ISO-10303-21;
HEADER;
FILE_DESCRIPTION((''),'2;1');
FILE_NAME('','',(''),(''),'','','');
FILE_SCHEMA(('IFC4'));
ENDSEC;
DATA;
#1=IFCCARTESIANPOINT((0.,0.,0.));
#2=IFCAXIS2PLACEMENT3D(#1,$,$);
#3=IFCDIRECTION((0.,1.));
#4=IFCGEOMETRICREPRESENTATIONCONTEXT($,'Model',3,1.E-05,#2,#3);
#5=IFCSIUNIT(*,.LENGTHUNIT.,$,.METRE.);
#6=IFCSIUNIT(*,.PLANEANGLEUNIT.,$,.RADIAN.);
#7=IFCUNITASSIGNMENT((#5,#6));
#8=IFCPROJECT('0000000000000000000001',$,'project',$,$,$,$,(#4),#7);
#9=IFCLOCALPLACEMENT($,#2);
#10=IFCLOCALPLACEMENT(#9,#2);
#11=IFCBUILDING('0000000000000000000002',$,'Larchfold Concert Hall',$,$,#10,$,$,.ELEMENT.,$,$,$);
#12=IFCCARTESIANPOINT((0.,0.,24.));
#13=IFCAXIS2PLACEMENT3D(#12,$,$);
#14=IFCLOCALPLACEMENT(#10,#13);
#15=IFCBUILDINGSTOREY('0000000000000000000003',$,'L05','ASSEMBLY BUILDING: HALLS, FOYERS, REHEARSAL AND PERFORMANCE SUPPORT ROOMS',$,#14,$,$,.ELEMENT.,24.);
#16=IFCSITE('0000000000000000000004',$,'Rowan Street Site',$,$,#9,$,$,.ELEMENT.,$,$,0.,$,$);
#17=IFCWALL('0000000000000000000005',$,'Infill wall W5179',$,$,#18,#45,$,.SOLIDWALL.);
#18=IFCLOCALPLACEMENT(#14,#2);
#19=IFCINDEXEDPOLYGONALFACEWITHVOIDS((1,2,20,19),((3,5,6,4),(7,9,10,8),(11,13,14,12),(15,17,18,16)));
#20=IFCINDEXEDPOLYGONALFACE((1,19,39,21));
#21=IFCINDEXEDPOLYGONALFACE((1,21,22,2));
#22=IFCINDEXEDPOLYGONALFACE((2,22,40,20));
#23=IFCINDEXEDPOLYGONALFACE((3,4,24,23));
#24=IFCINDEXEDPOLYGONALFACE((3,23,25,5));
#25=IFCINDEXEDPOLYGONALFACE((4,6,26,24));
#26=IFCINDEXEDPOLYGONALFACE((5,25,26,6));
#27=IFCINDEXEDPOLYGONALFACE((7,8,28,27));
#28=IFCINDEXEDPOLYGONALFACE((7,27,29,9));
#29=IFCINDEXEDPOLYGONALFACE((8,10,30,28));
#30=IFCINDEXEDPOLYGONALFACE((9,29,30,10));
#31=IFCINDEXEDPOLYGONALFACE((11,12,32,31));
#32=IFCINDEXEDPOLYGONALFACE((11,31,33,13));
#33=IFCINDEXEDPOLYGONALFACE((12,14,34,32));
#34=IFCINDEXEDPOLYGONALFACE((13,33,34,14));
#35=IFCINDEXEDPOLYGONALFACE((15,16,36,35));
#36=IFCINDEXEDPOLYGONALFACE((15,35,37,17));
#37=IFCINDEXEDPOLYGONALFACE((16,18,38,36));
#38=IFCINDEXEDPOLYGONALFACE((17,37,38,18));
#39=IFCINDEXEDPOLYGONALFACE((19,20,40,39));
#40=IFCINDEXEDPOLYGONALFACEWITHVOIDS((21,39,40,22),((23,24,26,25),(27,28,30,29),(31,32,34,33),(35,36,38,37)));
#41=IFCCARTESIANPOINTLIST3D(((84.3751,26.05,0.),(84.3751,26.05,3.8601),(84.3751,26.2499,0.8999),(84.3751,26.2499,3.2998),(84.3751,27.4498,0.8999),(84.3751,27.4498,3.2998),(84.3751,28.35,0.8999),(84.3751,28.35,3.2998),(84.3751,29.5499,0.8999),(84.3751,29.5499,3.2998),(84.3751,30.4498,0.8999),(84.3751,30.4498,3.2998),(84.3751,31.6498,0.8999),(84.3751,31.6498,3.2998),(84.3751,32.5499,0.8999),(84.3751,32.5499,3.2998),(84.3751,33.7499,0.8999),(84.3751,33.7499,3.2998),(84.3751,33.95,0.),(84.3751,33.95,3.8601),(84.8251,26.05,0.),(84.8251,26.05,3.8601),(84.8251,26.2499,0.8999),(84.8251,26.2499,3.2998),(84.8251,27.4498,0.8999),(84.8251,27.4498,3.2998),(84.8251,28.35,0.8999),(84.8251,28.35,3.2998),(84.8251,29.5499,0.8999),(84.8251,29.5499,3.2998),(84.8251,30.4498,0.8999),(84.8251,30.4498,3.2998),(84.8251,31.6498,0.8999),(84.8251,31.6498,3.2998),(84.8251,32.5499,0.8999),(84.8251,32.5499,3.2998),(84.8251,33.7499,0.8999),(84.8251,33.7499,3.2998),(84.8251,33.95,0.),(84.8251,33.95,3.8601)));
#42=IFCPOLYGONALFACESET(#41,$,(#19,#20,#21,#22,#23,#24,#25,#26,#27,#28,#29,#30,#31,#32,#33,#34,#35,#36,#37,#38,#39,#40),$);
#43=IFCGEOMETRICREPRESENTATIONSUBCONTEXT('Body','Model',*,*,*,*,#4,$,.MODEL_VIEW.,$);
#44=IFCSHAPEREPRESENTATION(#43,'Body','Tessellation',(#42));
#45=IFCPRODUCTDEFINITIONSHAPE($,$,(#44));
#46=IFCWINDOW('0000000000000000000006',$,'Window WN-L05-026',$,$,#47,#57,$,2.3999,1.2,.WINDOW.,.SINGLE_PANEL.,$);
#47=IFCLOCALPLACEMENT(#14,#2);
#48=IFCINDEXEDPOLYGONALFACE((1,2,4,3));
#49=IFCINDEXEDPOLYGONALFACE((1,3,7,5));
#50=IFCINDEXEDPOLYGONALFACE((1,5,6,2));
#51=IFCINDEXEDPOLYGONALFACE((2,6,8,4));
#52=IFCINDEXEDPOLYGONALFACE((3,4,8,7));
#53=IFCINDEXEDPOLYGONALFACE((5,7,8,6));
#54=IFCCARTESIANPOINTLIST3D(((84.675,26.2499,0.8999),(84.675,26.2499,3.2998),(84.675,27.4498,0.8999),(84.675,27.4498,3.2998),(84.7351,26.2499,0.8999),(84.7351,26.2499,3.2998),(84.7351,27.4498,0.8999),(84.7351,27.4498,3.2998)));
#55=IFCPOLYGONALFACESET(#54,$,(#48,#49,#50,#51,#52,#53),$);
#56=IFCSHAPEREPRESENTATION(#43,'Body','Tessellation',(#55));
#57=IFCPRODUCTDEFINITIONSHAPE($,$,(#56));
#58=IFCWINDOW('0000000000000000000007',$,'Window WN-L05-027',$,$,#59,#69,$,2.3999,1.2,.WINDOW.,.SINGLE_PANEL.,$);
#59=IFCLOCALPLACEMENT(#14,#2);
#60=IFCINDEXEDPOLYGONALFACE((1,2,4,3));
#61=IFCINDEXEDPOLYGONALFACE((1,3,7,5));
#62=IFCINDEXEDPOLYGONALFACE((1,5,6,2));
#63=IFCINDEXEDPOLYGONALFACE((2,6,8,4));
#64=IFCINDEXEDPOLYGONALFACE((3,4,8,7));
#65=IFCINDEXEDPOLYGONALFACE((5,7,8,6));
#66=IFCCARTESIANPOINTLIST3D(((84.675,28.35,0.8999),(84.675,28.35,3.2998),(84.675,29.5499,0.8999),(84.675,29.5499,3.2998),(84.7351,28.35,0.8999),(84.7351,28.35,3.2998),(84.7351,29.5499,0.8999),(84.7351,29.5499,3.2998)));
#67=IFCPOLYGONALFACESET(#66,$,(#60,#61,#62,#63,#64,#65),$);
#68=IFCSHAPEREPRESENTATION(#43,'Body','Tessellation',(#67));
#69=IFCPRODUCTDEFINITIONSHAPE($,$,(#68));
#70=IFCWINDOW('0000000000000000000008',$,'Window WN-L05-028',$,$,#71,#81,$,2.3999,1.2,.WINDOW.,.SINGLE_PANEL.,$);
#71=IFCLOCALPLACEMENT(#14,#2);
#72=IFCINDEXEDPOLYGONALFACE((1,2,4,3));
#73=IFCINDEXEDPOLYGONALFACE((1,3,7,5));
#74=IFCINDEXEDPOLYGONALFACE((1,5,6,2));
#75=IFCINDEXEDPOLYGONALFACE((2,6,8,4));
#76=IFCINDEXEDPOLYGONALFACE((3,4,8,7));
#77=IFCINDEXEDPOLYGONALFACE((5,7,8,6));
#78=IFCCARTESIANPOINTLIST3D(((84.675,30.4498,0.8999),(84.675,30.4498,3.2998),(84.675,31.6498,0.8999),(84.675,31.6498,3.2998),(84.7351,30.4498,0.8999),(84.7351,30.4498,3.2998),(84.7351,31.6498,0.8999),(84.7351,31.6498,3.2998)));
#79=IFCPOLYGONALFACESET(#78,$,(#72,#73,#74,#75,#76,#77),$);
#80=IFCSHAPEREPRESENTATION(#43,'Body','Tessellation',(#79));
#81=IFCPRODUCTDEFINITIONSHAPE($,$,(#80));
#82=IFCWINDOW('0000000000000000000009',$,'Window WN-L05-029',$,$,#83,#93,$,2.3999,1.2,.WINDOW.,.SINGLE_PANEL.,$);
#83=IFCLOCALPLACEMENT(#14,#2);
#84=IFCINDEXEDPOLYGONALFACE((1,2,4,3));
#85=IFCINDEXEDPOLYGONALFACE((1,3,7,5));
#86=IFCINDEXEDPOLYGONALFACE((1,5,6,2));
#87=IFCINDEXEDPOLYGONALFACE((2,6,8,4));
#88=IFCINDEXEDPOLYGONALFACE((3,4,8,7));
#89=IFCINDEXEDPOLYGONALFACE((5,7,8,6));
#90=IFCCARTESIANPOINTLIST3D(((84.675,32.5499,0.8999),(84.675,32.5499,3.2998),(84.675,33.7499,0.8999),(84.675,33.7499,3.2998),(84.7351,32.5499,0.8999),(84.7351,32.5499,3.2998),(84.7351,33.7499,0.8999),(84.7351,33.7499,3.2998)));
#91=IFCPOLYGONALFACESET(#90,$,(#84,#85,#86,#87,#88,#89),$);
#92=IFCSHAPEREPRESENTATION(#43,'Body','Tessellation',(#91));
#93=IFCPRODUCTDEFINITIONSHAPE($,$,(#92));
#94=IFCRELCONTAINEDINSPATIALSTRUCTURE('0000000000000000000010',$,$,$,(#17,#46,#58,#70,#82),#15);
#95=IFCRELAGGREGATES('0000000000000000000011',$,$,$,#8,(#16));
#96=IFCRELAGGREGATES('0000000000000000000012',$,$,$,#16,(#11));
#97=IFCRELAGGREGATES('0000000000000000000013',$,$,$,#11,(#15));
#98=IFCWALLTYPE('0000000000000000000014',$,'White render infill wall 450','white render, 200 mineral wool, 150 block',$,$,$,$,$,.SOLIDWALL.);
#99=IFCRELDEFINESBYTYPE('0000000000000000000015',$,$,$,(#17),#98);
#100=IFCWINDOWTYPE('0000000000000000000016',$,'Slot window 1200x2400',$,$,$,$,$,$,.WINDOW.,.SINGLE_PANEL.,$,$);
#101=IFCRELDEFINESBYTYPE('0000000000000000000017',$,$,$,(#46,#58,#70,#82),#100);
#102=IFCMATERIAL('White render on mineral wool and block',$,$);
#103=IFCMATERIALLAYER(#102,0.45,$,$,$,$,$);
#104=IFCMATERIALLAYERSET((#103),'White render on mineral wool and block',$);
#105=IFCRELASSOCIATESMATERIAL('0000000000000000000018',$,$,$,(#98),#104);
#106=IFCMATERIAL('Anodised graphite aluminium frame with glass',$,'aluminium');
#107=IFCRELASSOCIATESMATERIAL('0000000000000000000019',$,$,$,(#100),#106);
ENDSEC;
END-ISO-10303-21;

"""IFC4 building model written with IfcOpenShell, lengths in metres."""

from ifc_helpers import new_model, si_unit, direction, frame, frame_2d, origin, place, context, subcontext, project, spatial, rectangle, extrude, material, layer, layer_set, type_object, element, fill, save


model = new_model("IFC4")

# Units and contexts
model_context = context("Model", 3, precision=1e-05, world=origin(), true_north=direction((0.0, 1.0)))
body_context = subcontext(model_context, "Body", "Model", "MODEL_VIEW")
ifc_project = project(units=[si_unit("LENGTHUNIT", "METRE"), si_unit("PLANEANGLEUNIT", "RADIAN")], contexts=[model_context])

# Site, building, storey
site_placement = place(None, origin())
site = spatial("IfcSite", under=ifc_project, at=site_placement, Name="Rowan Street Site", CompositionType="ELEMENT", RefElevation=0.0)
building_placement = place(site_placement, origin())
building = spatial("IfcBuilding", under=site, at=building_placement, Name="Larchfold Concert Hall", CompositionType="ELEMENT")
storey_placement = place(building_placement, frame((0.0, 0.0, 24.0)))
storey = spatial("IfcBuildingStorey", under=building, at=storey_placement, Name="L05", Description="ASSEMBLY BUILDING: HALLS, FOYERS, REHEARSAL AND PERFORMANCE SUPPORT ROOMS", CompositionType="ELEMENT", Elevation=24.0)

# Wall, openings, windows
ifc_material_1 = material(Name="White render on mineral wool and block")
ifc_layer_1 = layer(ifc_material_1, 0.45)
ifc_layer_set_1 = layer_set([ifc_layer_1], Name="White render on mineral wool and block")
wall_type_1 = type_object("IfcWallType", Name="White render infill wall 450", Description="white render, 200 mineral wool, 150 block", PredefinedType="SOLIDWALL", material=ifc_layer_set_1)
ifc_material_2 = material(Name="Anodised graphite aluminium frame with glass", Category="aluminium")
window_type_1 = type_object("IfcWindowType", Name="Slot window 1200x2400", PartitioningType="SINGLE_PANEL", PredefinedType="WINDOW", material=ifc_material_2)
wall_1_placement = place(storey_placement, frame((84.6001, 33.95, 0.0), z_axis=(0.0, 0.0, 1.0), x_axis=(0.0, -1.0, 0.0)))
wall_1 = element("IfcWall", 1, at=wall_1_placement, inside=storey, type_object=wall_type_1, Name="Infill wall W5179", PredefinedType="SOLIDWALL", context=body_context, shape_type="SweptSolid", body=[
    extrude(rectangle(XDim=7.8999, YDim=0.45, at=frame_2d((3.95, 0.0))), origin(), (0.0, 0.0, 1.0), 3.8601),
])
opening_1_placement = place(wall_1_placement, frame((6.5, 0.0, 0.8999)))
opening_1 = element("IfcOpeningElement", 2, at=opening_1_placement, cuts=wall_1, PredefinedType="OPENING", context=body_context, shape_type="SweptSolid", body=[
    extrude(rectangle(XDim=1.2, YDim=2.3999, at=frame_2d((0.6001, 1.2))), frame((0.0, 0.2349, 0.0), z_axis=(0.0, -1.0, 0.0), x_axis=(1.0, 0.0, 0.0)), (0.0, 0.0, 1.0), 0.47),
])
opening_2_placement = place(wall_1_placement, frame((4.3999, 0.0, 0.8999)))
opening_2 = element("IfcOpeningElement", 3, at=opening_2_placement, cuts=wall_1, PredefinedType="OPENING", context=body_context, shape_type="SweptSolid", body=[
    extrude(rectangle(XDim=1.2, YDim=2.3999, at=frame_2d((0.6001, 1.2))), frame((0.0, 0.2349, 0.0), z_axis=(0.0, -1.0, 0.0), x_axis=(1.0, 0.0, 0.0)), (0.0, 0.0, 1.0), 0.47),
])
opening_3_placement = place(wall_1_placement, frame((2.3, 0.0, 0.8999)))
opening_3 = element("IfcOpeningElement", 4, at=opening_3_placement, cuts=wall_1, PredefinedType="OPENING", context=body_context, shape_type="SweptSolid", body=[
    extrude(rectangle(XDim=1.2, YDim=2.3999, at=frame_2d((0.6001, 1.2))), frame((0.0, 0.2349, 0.0), z_axis=(0.0, -1.0, 0.0), x_axis=(1.0, 0.0, 0.0)), (0.0, 0.0, 1.0), 0.47),
])
opening_4_placement = place(wall_1_placement, frame((0.2, 0.0, 0.8999)))
opening_4 = element("IfcOpeningElement", 5, at=opening_4_placement, cuts=wall_1, PredefinedType="OPENING", context=body_context, shape_type="SweptSolid", body=[
    extrude(rectangle(XDim=1.2, YDim=2.3999, at=frame_2d((0.6001, 1.2))), frame((0.0, 0.2349, 0.0), z_axis=(0.0, -1.0, 0.0), x_axis=(1.0, 0.0, 0.0)), (0.0, 0.0, 1.0), 0.47),
])
window_1_placement = place(opening_1_placement, origin())
window_1 = element("IfcWindow", 6, at=window_1_placement, inside=storey, type_object=window_type_1, Name="Window WN-L05-026", OverallHeight=2.3999, OverallWidth=1.2, PartitioningType="SINGLE_PANEL", PredefinedType="WINDOW", context=body_context, shape_type="SweptSolid", body=[
    extrude(rectangle(XDim=1.2, YDim=2.3999, at=frame_2d((0.6001, 1.2))), frame((0.0, 0.135, 0.0), z_axis=(0.0, -1.0, 0.0), x_axis=(1.0, 0.0, 0.0)), (0.0, 0.0, 1.0), 0.0601),
])
fill(opening_1, window_1)
window_2_placement = place(opening_2_placement, origin())
window_2 = element("IfcWindow", 7, at=window_2_placement, inside=storey, type_object=window_type_1, Name="Window WN-L05-027", OverallHeight=2.3999, OverallWidth=1.2, PartitioningType="SINGLE_PANEL", PredefinedType="WINDOW", context=body_context, shape_type="SweptSolid", body=[
    extrude(rectangle(XDim=1.2, YDim=2.3999, at=frame_2d((0.6001, 1.2))), frame((0.0, 0.135, 0.0), z_axis=(0.0, -1.0, 0.0), x_axis=(1.0, 0.0, 0.0)), (0.0, 0.0, 1.0), 0.0601),
])
fill(opening_2, window_2)
window_3_placement = place(opening_3_placement, origin())
window_3 = element("IfcWindow", 8, at=window_3_placement, inside=storey, type_object=window_type_1, Name="Window WN-L05-028", OverallHeight=2.3999, OverallWidth=1.2, PartitioningType="SINGLE_PANEL", PredefinedType="WINDOW", context=body_context, shape_type="SweptSolid", body=[
    extrude(rectangle(XDim=1.2, YDim=2.3999, at=frame_2d((0.6001, 1.2))), frame((0.0, 0.135, 0.0), z_axis=(0.0, -1.0, 0.0), x_axis=(1.0, 0.0, 0.0)), (0.0, 0.0, 1.0), 0.0601),
])
fill(opening_3, window_3)
window_4_placement = place(opening_4_placement, origin())
window_4 = element("IfcWindow", 9, at=window_4_placement, inside=storey, type_object=window_type_1, Name="Window WN-L05-029", OverallHeight=2.3999, OverallWidth=1.2, PartitioningType="SINGLE_PANEL", PredefinedType="WINDOW", context=body_context, shape_type="SweptSolid", body=[
    extrude(rectangle(XDim=1.2, YDim=2.3999, at=frame_2d((0.6001, 1.2))), frame((0.0, 0.135, 0.0), z_axis=(0.0, -1.0, 0.0), x_axis=(1.0, 0.0, 0.0)), (0.0, 0.0, 1.0), 0.0601),
])
fill(opening_4, window_4)

save(model, "model.ifc")
